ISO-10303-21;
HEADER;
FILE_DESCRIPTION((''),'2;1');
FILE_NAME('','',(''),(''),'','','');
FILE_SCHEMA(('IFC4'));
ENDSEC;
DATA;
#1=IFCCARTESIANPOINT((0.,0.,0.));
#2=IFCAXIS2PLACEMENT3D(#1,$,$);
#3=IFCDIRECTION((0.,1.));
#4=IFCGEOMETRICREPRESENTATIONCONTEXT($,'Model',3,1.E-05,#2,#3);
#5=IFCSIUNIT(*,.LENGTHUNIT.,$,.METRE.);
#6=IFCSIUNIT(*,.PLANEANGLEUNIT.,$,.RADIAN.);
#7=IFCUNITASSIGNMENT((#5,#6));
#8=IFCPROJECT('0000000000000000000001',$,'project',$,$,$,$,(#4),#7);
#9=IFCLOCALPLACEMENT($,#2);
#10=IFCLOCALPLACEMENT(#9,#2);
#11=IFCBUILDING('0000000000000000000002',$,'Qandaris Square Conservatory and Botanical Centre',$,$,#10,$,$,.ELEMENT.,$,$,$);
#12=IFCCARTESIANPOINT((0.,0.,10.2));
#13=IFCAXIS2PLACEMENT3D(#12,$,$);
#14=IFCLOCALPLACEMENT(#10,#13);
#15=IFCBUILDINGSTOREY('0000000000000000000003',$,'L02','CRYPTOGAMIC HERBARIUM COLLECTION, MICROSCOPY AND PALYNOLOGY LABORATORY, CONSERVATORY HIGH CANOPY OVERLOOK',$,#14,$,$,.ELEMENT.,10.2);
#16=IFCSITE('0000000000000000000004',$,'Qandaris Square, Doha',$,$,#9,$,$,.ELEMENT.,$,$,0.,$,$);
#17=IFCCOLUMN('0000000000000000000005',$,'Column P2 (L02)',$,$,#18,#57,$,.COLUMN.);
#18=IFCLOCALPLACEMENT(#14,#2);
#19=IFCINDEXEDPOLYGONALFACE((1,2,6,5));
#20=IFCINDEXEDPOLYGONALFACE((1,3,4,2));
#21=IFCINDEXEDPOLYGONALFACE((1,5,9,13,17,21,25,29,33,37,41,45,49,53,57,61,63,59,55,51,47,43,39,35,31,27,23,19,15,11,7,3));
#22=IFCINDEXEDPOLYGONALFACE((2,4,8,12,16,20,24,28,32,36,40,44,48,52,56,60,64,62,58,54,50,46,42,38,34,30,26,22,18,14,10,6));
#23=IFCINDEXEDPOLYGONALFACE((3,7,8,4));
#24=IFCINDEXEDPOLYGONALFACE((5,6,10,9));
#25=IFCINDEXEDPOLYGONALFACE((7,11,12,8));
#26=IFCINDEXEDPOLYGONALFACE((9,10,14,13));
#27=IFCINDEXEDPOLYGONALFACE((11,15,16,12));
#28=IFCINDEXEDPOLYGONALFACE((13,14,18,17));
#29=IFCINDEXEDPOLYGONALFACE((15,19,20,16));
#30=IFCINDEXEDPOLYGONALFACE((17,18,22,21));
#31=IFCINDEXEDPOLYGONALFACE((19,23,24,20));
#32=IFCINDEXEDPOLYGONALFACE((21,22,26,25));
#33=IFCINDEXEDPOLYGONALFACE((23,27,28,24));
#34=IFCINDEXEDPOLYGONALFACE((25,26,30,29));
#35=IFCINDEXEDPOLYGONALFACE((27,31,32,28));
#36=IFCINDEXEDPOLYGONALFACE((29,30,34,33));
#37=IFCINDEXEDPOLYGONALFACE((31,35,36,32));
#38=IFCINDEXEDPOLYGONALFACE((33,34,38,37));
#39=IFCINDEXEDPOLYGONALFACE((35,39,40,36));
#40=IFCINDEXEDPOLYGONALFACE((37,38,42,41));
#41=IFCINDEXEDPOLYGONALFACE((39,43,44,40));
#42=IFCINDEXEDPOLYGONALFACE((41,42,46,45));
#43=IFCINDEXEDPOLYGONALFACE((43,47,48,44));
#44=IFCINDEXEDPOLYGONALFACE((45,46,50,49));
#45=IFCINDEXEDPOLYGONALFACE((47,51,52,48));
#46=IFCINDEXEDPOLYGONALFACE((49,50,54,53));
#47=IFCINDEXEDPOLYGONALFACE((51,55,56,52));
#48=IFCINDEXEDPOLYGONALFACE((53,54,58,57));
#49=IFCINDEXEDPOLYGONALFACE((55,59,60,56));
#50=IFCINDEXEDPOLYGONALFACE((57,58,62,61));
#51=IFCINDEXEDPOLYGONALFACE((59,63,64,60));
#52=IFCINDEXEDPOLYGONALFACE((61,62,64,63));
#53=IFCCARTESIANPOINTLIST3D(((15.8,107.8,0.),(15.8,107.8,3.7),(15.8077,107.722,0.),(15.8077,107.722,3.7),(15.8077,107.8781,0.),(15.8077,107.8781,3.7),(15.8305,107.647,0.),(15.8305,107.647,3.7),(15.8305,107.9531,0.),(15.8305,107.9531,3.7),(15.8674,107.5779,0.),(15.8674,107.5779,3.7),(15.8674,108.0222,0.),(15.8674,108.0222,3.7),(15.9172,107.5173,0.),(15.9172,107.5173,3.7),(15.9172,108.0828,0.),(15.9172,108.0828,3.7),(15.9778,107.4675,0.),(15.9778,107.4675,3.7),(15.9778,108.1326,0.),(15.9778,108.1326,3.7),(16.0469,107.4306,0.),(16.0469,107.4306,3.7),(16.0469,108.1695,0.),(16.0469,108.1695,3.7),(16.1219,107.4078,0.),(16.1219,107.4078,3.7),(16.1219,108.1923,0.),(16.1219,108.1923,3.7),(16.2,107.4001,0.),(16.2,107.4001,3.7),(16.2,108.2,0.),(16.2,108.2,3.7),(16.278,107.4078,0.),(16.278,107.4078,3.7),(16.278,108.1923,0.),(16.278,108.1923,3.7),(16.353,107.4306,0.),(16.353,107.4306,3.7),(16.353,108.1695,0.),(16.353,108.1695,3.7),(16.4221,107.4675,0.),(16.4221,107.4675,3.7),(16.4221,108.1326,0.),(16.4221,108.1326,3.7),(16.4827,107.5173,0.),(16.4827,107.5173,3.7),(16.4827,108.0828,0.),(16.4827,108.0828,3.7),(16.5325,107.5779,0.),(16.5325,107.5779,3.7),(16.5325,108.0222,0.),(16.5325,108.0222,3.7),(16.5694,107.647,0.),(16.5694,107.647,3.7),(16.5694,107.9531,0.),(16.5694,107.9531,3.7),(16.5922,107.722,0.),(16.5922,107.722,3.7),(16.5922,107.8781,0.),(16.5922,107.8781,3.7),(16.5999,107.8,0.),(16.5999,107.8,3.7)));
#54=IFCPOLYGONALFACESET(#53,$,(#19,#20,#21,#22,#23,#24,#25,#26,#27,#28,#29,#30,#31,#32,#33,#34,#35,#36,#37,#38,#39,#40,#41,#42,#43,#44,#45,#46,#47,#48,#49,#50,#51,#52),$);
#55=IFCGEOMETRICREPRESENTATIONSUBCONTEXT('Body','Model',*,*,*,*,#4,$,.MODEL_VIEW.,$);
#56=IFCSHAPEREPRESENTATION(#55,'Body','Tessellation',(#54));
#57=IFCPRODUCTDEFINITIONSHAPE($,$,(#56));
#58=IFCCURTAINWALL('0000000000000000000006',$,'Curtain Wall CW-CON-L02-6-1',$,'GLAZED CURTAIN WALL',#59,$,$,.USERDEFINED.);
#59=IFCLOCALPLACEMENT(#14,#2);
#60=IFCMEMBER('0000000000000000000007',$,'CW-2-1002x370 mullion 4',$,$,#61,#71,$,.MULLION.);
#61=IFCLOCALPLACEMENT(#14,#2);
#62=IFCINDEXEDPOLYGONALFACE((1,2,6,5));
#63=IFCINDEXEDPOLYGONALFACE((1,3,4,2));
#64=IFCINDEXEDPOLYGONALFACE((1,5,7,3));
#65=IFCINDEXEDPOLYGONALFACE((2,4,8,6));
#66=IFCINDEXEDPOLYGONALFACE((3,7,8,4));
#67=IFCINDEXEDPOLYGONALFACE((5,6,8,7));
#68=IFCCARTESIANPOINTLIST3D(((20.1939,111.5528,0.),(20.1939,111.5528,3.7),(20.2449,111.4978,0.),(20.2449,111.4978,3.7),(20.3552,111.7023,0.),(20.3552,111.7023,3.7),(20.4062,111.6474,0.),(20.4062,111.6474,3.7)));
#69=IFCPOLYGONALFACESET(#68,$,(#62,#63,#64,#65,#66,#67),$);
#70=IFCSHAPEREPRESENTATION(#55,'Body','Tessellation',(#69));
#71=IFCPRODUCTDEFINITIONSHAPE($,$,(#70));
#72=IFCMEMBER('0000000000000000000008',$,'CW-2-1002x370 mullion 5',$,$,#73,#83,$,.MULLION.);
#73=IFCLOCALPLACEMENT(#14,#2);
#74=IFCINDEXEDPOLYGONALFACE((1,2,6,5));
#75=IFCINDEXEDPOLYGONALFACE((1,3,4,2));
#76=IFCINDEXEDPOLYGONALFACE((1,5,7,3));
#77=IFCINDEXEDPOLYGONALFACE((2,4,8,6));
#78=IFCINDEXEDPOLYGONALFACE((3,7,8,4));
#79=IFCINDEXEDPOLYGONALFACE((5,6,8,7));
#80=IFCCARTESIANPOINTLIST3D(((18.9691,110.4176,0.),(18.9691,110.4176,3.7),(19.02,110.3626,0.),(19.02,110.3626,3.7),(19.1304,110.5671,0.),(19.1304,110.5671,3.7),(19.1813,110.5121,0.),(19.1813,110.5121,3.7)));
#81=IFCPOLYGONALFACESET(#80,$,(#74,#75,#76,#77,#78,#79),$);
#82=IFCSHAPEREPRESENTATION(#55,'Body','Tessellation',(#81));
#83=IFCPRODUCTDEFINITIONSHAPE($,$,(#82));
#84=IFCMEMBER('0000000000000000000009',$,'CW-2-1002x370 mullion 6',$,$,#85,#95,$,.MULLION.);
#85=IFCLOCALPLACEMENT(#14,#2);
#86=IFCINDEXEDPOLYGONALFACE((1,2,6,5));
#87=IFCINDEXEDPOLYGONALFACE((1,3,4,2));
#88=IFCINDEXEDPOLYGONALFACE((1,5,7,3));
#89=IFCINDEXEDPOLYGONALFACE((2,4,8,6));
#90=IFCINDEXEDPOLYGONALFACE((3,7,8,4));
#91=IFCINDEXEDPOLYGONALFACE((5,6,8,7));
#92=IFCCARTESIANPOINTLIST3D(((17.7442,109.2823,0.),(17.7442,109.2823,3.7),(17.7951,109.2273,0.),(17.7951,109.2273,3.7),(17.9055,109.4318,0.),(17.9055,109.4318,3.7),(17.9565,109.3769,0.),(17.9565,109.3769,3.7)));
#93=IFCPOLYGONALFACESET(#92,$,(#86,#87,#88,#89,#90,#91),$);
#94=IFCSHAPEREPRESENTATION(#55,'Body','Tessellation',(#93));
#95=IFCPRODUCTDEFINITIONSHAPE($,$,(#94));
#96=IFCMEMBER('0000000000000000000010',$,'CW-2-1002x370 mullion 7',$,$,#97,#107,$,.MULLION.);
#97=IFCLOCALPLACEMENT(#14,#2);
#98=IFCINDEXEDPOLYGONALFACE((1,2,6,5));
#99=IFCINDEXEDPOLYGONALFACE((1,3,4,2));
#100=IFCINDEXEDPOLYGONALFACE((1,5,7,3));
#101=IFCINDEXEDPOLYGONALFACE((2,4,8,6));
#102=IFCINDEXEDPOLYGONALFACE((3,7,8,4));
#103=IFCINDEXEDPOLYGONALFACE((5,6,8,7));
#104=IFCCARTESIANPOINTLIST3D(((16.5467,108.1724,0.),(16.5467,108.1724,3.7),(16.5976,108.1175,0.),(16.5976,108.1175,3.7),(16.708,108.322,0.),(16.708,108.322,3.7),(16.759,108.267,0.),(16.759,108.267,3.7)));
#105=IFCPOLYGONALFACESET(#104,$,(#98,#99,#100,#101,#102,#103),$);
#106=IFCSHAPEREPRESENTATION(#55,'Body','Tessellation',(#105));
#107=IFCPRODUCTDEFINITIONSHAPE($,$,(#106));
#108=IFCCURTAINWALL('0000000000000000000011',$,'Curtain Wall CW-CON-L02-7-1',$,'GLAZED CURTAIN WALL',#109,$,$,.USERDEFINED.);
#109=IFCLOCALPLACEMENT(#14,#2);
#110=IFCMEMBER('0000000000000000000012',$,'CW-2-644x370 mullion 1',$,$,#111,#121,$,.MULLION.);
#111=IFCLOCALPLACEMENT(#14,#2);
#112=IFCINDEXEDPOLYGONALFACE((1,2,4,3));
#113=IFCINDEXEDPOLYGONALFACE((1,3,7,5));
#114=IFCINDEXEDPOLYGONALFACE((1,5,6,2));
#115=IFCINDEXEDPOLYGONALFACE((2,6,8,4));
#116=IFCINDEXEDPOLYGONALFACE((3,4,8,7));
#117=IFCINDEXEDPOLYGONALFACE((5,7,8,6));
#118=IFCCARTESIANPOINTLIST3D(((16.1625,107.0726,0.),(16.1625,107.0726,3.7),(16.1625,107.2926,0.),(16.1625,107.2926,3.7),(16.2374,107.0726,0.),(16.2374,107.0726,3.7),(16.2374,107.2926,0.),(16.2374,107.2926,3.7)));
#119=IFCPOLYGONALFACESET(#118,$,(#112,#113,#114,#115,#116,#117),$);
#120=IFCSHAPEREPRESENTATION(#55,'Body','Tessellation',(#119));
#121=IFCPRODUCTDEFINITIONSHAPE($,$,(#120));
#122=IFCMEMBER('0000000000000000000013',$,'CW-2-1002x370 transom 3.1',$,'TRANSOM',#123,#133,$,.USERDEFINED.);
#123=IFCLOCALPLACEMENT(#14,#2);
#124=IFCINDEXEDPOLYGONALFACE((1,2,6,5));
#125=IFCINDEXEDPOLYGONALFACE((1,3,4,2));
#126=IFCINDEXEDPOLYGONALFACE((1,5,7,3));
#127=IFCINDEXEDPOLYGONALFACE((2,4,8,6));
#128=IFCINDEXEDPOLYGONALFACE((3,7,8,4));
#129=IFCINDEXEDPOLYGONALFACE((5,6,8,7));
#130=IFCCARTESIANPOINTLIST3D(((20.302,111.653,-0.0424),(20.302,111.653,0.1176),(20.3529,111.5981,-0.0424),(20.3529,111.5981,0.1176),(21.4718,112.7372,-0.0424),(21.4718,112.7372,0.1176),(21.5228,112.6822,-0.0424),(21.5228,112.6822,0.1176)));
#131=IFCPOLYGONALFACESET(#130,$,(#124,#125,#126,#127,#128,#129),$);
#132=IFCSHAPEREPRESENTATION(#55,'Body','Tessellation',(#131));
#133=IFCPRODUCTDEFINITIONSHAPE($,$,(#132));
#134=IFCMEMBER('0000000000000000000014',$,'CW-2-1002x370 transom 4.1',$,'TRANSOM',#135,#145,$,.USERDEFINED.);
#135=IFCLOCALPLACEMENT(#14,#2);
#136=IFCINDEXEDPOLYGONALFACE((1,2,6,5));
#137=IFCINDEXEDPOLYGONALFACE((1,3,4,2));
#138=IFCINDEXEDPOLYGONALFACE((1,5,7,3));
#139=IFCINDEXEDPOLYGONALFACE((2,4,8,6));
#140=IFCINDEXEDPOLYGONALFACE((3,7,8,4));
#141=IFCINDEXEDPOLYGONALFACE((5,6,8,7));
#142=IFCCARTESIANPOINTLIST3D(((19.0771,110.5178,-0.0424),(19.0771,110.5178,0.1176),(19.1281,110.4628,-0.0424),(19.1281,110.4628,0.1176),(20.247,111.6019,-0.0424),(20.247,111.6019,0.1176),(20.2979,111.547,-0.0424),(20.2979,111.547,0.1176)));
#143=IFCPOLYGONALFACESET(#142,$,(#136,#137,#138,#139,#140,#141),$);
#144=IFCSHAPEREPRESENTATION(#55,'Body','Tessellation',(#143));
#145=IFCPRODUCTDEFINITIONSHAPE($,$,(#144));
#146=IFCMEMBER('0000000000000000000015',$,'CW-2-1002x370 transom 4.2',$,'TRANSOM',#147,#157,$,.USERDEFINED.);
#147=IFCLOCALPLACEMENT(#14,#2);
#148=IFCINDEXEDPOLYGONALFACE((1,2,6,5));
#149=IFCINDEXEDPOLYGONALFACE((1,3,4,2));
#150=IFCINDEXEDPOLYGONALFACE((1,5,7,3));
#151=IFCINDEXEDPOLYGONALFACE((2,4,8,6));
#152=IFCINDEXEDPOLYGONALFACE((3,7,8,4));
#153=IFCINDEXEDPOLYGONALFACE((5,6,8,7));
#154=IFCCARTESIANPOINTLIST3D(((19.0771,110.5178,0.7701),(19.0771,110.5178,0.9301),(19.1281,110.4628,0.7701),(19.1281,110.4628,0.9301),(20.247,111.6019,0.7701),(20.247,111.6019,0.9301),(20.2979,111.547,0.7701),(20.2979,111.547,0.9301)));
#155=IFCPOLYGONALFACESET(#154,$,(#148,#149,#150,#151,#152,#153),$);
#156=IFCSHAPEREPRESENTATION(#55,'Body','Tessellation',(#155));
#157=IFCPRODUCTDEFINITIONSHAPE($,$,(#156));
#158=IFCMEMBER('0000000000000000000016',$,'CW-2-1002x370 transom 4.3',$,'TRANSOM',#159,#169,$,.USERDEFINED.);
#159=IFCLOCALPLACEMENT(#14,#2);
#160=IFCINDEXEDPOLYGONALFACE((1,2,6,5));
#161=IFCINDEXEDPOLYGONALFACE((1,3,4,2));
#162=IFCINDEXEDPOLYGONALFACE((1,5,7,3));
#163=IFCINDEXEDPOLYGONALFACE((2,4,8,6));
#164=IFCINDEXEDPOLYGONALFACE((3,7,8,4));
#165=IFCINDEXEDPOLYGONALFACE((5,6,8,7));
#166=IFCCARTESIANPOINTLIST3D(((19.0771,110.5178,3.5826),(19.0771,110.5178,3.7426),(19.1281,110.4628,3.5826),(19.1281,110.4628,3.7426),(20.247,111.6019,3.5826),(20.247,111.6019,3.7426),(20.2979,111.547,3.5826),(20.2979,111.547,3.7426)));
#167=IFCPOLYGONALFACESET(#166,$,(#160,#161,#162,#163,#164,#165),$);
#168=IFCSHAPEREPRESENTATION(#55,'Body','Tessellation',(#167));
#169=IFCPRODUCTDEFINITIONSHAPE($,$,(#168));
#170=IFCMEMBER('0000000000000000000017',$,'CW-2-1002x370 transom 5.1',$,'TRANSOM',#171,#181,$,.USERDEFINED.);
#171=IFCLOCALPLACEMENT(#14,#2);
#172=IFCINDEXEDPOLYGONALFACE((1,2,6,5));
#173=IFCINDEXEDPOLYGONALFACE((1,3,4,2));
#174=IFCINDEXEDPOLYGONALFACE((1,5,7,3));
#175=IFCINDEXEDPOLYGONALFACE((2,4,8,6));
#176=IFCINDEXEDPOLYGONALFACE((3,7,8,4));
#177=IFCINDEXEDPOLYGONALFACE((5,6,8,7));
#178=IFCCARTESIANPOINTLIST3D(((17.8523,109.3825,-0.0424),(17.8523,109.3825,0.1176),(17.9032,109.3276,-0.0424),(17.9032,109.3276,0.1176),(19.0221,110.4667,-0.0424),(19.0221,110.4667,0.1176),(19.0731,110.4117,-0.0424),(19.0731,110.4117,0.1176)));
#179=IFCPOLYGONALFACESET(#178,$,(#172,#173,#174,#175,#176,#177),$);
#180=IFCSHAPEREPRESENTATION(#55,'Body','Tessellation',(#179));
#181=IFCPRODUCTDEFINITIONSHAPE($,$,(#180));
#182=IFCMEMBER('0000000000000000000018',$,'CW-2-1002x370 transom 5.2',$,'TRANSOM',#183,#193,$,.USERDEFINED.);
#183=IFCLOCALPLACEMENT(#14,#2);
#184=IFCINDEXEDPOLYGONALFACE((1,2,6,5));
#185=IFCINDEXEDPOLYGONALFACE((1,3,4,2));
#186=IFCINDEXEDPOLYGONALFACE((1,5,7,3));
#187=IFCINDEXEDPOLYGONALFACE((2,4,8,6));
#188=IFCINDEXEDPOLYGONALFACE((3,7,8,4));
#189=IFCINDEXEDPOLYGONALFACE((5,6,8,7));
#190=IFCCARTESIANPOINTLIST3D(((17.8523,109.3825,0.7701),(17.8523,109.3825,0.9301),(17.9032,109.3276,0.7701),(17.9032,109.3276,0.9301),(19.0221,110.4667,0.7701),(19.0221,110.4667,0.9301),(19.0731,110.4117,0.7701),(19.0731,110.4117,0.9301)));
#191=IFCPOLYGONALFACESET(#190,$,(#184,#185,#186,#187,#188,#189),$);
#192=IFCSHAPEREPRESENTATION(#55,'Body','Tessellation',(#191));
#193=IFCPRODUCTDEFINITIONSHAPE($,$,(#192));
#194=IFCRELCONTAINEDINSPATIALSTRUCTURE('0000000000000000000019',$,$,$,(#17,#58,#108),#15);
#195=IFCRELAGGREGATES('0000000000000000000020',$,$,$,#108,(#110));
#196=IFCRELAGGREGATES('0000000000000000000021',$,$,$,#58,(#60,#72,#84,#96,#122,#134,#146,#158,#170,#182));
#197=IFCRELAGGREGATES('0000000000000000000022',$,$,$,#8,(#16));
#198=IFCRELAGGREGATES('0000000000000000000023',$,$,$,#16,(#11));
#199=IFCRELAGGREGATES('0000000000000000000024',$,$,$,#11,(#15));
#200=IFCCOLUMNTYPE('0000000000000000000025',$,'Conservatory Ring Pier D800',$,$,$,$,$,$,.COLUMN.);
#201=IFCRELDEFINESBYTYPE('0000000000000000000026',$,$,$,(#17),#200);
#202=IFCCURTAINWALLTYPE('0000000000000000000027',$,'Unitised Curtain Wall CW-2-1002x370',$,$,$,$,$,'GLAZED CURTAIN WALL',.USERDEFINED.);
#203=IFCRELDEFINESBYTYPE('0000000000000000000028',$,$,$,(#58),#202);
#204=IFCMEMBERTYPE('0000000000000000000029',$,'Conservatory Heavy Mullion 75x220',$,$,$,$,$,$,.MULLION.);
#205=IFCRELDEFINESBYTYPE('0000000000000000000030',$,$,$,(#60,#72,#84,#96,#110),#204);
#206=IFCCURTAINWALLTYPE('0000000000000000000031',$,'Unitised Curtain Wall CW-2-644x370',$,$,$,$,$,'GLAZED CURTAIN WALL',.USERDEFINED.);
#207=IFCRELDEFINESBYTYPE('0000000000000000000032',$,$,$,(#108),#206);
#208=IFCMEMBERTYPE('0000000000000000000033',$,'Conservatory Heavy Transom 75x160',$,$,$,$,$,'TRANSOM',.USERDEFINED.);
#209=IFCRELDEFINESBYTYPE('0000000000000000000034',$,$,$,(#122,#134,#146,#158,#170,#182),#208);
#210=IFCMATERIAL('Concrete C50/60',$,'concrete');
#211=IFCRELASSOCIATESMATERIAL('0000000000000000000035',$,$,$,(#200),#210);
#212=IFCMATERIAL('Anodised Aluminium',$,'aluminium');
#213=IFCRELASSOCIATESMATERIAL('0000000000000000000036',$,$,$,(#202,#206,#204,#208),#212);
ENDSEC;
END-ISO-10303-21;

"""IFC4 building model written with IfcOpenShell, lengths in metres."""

from ifc_helpers import new_model, si_unit, direction, frame, origin, origin_2d, place, context, subcontext, project, spatial, rectangle, circle, extrude, material, material_profile, profile_set, type_object, element, aggregate, save


model = new_model("IFC4")

# Units and contexts
model_context = context("Model", 3, precision=1e-05, world=origin(), true_north=direction((0.0, 1.0)))
body_context = subcontext(model_context, "Body", "Model", "MODEL_VIEW")
ifc_project = project(units=[si_unit("LENGTHUNIT", "METRE"), si_unit("PLANEANGLEUNIT", "RADIAN")], contexts=[model_context])

# Site, building, storey
site_placement = place(None, origin())
site = spatial("IfcSite", under=ifc_project, at=site_placement, Name="Qandaris Square, Doha", CompositionType="ELEMENT", RefElevation=0.0)
building_placement = place(site_placement, origin())
building = spatial("IfcBuilding", under=site, at=building_placement, Name="Qandaris Square Conservatory and Botanical Centre", CompositionType="ELEMENT")
storey_placement = place(building_placement, frame((0.0, 0.0, 10.2)))
storey = spatial("IfcBuildingStorey", under=building, at=storey_placement, Name="L02", Description="CRYPTOGAMIC HERBARIUM COLLECTION, MICROSCOPY AND PALYNOLOGY LABORATORY, CONSERVATORY HIGH CANOPY OVERLOOK", CompositionType="ELEMENT", Elevation=10.2)

# Column
ifc_material_1 = material(Name="Concrete C50/60", Category="concrete")
ifc_material_profile_1 = material_profile(ifc_material_1, circle(Radius=0.3999, at=origin_2d()), Name="RC-COL D800")
ifc_profile_set_1 = profile_set([ifc_material_profile_1], Name="Concrete C50/60")
column_type = type_object("IfcColumnType", Name="Conservatory Ring Pier D800", PredefinedType="COLUMN", material=ifc_profile_set_1)
column_placement = place(storey_placement, frame((16.2, 107.8, 0.0), z_axis=(0.0, 0.0, 1.0), x_axis=(1.0, 0.0, 0.0)))
element("IfcColumn", 1, at=column_placement, inside=storey, type_object=column_type, Name="Column P2 (L02)", PredefinedType="COLUMN", context=body_context, shape_type="SweptSolid", body=[
    extrude(circle(Radius=0.3999, at=origin_2d()), origin(), (0.0, 0.0, 1.0), 3.7),
])

# Curtain wall, members
ifc_material_2 = material(Name="Anodised Aluminium", Category="aluminium")
curtain_wall_type_1 = type_object("IfcCurtainWallType", Name="Unitised Curtain Wall CW-2-1002x370", ElementType="GLAZED CURTAIN WALL", PredefinedType="USERDEFINED", material=ifc_material_2)
curtain_wall_1_placement = place(storey_placement, origin())
curtain_wall_1 = element("IfcCurtainWall", 2, at=curtain_wall_1_placement, inside=storey, type_object=curtain_wall_type_1, Name="Curtain Wall CW-CON-L02-6-1", ObjectType="GLAZED CURTAIN WALL", PredefinedType="USERDEFINED")
ifc_material_profile_2 = material_profile(ifc_material_2, rectangle(XDim=0.075, YDim=0.22, at=origin_2d()), Name="ALU-MUL 75x220")
ifc_profile_set_2 = profile_set([ifc_material_profile_2], Name="Anodised Aluminium")
member_type_1 = type_object("IfcMemberType", Name="Conservatory Heavy Mullion 75x220", PredefinedType="MULLION", material=ifc_profile_set_2)
member_1_placement = place(storey_placement, frame((20.3, 111.6001, 0.0), z_axis=(0.0, 0.0, 1.0), x_axis=(0.679762, -0.733433, 0.0)))
member_1 = element("IfcMember", 3, at=member_1_placement, type_object=member_type_1, Name="CW-2-1002x370 mullion 4", PredefinedType="MULLION", context=body_context, shape_type="SweptSolid", body=[
    extrude(rectangle(XDim=0.075, YDim=0.22, at=origin_2d()), origin(), (0.0, 0.0, 1.0), 3.7),
])
member_2_placement = place(storey_placement, frame((19.0752, 110.4648, 0.0), z_axis=(0.0, 0.0, 1.0), x_axis=(0.679762, -0.733433, 0.0)))
member_2 = element("IfcMember", 4, at=member_2_placement, type_object=member_type_1, Name="CW-2-1002x370 mullion 5", PredefinedType="MULLION", context=body_context, shape_type="SweptSolid", body=[
    extrude(rectangle(XDim=0.075, YDim=0.22, at=origin_2d()), origin(), (0.0, 0.0, 1.0), 3.7),
])
member_3_placement = place(storey_placement, frame((17.8503, 109.3296, 0.0), z_axis=(0.0, 0.0, 1.0), x_axis=(0.679762, -0.733433, 0.0)))
member_3 = element("IfcMember", 5, at=member_3_placement, type_object=member_type_1, Name="CW-2-1002x370 mullion 6", PredefinedType="MULLION", context=body_context, shape_type="SweptSolid", body=[
    extrude(rectangle(XDim=0.075, YDim=0.22, at=origin_2d()), origin(), (0.0, 0.0, 1.0), 3.7),
])
member_4_placement = place(storey_placement, frame((16.6528, 108.2197, 0.0), z_axis=(0.0, 0.0, 1.0), x_axis=(0.679762, -0.733433, 0.0)))
member_4 = element("IfcMember", 6, at=member_4_placement, type_object=member_type_1, Name="CW-2-1002x370 mullion 7", PredefinedType="MULLION", context=body_context, shape_type="SweptSolid", body=[
    extrude(rectangle(XDim=0.075, YDim=0.22, at=origin_2d()), origin(), (0.0, 0.0, 1.0), 3.7),
])

# Curtain wall, member
curtain_wall_type_2 = type_object("IfcCurtainWallType", Name="Unitised Curtain Wall CW-2-644x370", ElementType="GLAZED CURTAIN WALL", PredefinedType="USERDEFINED", material=ifc_material_2)
curtain_wall_2_placement = place(storey_placement, origin())
curtain_wall_2 = element("IfcCurtainWall", 7, at=curtain_wall_2_placement, inside=storey, type_object=curtain_wall_type_2, Name="Curtain Wall CW-CON-L02-7-1", ObjectType="GLAZED CURTAIN WALL", PredefinedType="USERDEFINED")
member_5_placement = place(storey_placement, frame((16.2, 107.1826, 0.0), z_axis=(0.0, 0.0, 1.0), x_axis=(1.0, 0.0, 0.0)))
member_5 = element("IfcMember", 8, at=member_5_placement, type_object=member_type_1, Name="CW-2-644x370 mullion 1", PredefinedType="MULLION", context=body_context, shape_type="SweptSolid", body=[
    extrude(rectangle(XDim=0.075, YDim=0.22, at=origin_2d()), origin(), (0.0, 0.0, 1.0), 3.7),
])
aggregate(curtain_wall_2, [member_5])

# Members
ifc_material_profile_3 = material_profile(ifc_material_2, rectangle(XDim=0.075, YDim=0.1599, at=origin_2d()), Name="ALU-TRN 75x160")
ifc_profile_set_3 = profile_set([ifc_material_profile_3], Name="Anodised Aluminium")
member_type_2 = type_object("IfcMemberType", Name="Conservatory Heavy Transom 75x160", ElementType="TRANSOM", PredefinedType="USERDEFINED", material=ifc_profile_set_3)
member_6_placement = place(storey_placement, frame((21.4973, 112.7097, 0.0376), z_axis=(-0.733458, -0.679735, 0.0), x_axis=(0.679735, -0.733458, 0.0)))
member_6 = element("IfcMember", 9, at=member_6_placement, type_object=member_type_2, Name="CW-2-1002x370 transom 3.1", ObjectType="TRANSOM", PredefinedType="USERDEFINED", context=body_context, shape_type="SweptSolid", body=[
    extrude(rectangle(XDim=0.075, YDim=0.1599, at=origin_2d()), origin(), (0.0, 0.0, 1.0), 1.595),
])
member_7_placement = place(storey_placement, frame((20.2725, 111.5745, 0.0376), z_axis=(-0.733458, -0.679735, 0.0), x_axis=(0.679735, -0.733458, 0.0)))
member_7 = element("IfcMember", 10, at=member_7_placement, type_object=member_type_2, Name="CW-2-1002x370 transom 4.1", ObjectType="TRANSOM", PredefinedType="USERDEFINED", context=body_context, shape_type="SweptSolid", body=[
    extrude(rectangle(XDim=0.075, YDim=0.1599, at=origin_2d()), origin(), (0.0, 0.0, 1.0), 1.595),
])
member_8_placement = place(storey_placement, frame((20.2725, 111.5745, 0.8501), z_axis=(-0.733458, -0.679735, 0.0), x_axis=(0.679735, -0.733458, 0.0)))
member_8 = element("IfcMember", 11, at=member_8_placement, type_object=member_type_2, Name="CW-2-1002x370 transom 4.2", ObjectType="TRANSOM", PredefinedType="USERDEFINED", context=body_context, shape_type="SweptSolid", body=[
    extrude(rectangle(XDim=0.075, YDim=0.1599, at=origin_2d()), origin(), (0.0, 0.0, 1.0), 1.595),
])
member_9_placement = place(storey_placement, frame((20.2725, 111.5745, 3.6626), z_axis=(-0.733458, -0.679735, 0.0), x_axis=(0.679735, -0.733458, 0.0)))
member_9 = element("IfcMember", 12, at=member_9_placement, type_object=member_type_2, Name="CW-2-1002x370 transom 4.3", ObjectType="TRANSOM", PredefinedType="USERDEFINED", context=body_context, shape_type="SweptSolid", body=[
    extrude(rectangle(XDim=0.075, YDim=0.1599, at=origin_2d()), origin(), (0.0, 0.0, 1.0), 1.595),
])
member_10_placement = place(storey_placement, frame((19.0476, 110.4392, 0.0376), z_axis=(-0.733458, -0.679735, 0.0), x_axis=(0.679735, -0.733458, 0.0)))
member_10 = element("IfcMember", 13, at=member_10_placement, type_object=member_type_2, Name="CW-2-1002x370 transom 5.1", ObjectType="TRANSOM", PredefinedType="USERDEFINED", context=body_context, shape_type="SweptSolid", body=[
    extrude(rectangle(XDim=0.075, YDim=0.1599, at=origin_2d()), origin(), (0.0, 0.0, 1.0), 1.595),
])
member_11_placement = place(storey_placement, frame((19.0476, 110.4392, 0.8501), z_axis=(-0.733458, -0.679735, 0.0), x_axis=(0.679735, -0.733458, 0.0)))
member_11 = element("IfcMember", 14, at=member_11_placement, type_object=member_type_2, Name="CW-2-1002x370 transom 5.2", ObjectType="TRANSOM", PredefinedType="USERDEFINED", context=body_context, shape_type="SweptSolid", body=[
    extrude(rectangle(XDim=0.075, YDim=0.1599, at=origin_2d()), origin(), (0.0, 0.0, 1.0), 1.595),
])

aggregate(curtain_wall_1, [member_1, member_2, member_3, member_4, member_6, member_7, member_8, member_9, member_10, member_11])

save(model, "model.ifc")
